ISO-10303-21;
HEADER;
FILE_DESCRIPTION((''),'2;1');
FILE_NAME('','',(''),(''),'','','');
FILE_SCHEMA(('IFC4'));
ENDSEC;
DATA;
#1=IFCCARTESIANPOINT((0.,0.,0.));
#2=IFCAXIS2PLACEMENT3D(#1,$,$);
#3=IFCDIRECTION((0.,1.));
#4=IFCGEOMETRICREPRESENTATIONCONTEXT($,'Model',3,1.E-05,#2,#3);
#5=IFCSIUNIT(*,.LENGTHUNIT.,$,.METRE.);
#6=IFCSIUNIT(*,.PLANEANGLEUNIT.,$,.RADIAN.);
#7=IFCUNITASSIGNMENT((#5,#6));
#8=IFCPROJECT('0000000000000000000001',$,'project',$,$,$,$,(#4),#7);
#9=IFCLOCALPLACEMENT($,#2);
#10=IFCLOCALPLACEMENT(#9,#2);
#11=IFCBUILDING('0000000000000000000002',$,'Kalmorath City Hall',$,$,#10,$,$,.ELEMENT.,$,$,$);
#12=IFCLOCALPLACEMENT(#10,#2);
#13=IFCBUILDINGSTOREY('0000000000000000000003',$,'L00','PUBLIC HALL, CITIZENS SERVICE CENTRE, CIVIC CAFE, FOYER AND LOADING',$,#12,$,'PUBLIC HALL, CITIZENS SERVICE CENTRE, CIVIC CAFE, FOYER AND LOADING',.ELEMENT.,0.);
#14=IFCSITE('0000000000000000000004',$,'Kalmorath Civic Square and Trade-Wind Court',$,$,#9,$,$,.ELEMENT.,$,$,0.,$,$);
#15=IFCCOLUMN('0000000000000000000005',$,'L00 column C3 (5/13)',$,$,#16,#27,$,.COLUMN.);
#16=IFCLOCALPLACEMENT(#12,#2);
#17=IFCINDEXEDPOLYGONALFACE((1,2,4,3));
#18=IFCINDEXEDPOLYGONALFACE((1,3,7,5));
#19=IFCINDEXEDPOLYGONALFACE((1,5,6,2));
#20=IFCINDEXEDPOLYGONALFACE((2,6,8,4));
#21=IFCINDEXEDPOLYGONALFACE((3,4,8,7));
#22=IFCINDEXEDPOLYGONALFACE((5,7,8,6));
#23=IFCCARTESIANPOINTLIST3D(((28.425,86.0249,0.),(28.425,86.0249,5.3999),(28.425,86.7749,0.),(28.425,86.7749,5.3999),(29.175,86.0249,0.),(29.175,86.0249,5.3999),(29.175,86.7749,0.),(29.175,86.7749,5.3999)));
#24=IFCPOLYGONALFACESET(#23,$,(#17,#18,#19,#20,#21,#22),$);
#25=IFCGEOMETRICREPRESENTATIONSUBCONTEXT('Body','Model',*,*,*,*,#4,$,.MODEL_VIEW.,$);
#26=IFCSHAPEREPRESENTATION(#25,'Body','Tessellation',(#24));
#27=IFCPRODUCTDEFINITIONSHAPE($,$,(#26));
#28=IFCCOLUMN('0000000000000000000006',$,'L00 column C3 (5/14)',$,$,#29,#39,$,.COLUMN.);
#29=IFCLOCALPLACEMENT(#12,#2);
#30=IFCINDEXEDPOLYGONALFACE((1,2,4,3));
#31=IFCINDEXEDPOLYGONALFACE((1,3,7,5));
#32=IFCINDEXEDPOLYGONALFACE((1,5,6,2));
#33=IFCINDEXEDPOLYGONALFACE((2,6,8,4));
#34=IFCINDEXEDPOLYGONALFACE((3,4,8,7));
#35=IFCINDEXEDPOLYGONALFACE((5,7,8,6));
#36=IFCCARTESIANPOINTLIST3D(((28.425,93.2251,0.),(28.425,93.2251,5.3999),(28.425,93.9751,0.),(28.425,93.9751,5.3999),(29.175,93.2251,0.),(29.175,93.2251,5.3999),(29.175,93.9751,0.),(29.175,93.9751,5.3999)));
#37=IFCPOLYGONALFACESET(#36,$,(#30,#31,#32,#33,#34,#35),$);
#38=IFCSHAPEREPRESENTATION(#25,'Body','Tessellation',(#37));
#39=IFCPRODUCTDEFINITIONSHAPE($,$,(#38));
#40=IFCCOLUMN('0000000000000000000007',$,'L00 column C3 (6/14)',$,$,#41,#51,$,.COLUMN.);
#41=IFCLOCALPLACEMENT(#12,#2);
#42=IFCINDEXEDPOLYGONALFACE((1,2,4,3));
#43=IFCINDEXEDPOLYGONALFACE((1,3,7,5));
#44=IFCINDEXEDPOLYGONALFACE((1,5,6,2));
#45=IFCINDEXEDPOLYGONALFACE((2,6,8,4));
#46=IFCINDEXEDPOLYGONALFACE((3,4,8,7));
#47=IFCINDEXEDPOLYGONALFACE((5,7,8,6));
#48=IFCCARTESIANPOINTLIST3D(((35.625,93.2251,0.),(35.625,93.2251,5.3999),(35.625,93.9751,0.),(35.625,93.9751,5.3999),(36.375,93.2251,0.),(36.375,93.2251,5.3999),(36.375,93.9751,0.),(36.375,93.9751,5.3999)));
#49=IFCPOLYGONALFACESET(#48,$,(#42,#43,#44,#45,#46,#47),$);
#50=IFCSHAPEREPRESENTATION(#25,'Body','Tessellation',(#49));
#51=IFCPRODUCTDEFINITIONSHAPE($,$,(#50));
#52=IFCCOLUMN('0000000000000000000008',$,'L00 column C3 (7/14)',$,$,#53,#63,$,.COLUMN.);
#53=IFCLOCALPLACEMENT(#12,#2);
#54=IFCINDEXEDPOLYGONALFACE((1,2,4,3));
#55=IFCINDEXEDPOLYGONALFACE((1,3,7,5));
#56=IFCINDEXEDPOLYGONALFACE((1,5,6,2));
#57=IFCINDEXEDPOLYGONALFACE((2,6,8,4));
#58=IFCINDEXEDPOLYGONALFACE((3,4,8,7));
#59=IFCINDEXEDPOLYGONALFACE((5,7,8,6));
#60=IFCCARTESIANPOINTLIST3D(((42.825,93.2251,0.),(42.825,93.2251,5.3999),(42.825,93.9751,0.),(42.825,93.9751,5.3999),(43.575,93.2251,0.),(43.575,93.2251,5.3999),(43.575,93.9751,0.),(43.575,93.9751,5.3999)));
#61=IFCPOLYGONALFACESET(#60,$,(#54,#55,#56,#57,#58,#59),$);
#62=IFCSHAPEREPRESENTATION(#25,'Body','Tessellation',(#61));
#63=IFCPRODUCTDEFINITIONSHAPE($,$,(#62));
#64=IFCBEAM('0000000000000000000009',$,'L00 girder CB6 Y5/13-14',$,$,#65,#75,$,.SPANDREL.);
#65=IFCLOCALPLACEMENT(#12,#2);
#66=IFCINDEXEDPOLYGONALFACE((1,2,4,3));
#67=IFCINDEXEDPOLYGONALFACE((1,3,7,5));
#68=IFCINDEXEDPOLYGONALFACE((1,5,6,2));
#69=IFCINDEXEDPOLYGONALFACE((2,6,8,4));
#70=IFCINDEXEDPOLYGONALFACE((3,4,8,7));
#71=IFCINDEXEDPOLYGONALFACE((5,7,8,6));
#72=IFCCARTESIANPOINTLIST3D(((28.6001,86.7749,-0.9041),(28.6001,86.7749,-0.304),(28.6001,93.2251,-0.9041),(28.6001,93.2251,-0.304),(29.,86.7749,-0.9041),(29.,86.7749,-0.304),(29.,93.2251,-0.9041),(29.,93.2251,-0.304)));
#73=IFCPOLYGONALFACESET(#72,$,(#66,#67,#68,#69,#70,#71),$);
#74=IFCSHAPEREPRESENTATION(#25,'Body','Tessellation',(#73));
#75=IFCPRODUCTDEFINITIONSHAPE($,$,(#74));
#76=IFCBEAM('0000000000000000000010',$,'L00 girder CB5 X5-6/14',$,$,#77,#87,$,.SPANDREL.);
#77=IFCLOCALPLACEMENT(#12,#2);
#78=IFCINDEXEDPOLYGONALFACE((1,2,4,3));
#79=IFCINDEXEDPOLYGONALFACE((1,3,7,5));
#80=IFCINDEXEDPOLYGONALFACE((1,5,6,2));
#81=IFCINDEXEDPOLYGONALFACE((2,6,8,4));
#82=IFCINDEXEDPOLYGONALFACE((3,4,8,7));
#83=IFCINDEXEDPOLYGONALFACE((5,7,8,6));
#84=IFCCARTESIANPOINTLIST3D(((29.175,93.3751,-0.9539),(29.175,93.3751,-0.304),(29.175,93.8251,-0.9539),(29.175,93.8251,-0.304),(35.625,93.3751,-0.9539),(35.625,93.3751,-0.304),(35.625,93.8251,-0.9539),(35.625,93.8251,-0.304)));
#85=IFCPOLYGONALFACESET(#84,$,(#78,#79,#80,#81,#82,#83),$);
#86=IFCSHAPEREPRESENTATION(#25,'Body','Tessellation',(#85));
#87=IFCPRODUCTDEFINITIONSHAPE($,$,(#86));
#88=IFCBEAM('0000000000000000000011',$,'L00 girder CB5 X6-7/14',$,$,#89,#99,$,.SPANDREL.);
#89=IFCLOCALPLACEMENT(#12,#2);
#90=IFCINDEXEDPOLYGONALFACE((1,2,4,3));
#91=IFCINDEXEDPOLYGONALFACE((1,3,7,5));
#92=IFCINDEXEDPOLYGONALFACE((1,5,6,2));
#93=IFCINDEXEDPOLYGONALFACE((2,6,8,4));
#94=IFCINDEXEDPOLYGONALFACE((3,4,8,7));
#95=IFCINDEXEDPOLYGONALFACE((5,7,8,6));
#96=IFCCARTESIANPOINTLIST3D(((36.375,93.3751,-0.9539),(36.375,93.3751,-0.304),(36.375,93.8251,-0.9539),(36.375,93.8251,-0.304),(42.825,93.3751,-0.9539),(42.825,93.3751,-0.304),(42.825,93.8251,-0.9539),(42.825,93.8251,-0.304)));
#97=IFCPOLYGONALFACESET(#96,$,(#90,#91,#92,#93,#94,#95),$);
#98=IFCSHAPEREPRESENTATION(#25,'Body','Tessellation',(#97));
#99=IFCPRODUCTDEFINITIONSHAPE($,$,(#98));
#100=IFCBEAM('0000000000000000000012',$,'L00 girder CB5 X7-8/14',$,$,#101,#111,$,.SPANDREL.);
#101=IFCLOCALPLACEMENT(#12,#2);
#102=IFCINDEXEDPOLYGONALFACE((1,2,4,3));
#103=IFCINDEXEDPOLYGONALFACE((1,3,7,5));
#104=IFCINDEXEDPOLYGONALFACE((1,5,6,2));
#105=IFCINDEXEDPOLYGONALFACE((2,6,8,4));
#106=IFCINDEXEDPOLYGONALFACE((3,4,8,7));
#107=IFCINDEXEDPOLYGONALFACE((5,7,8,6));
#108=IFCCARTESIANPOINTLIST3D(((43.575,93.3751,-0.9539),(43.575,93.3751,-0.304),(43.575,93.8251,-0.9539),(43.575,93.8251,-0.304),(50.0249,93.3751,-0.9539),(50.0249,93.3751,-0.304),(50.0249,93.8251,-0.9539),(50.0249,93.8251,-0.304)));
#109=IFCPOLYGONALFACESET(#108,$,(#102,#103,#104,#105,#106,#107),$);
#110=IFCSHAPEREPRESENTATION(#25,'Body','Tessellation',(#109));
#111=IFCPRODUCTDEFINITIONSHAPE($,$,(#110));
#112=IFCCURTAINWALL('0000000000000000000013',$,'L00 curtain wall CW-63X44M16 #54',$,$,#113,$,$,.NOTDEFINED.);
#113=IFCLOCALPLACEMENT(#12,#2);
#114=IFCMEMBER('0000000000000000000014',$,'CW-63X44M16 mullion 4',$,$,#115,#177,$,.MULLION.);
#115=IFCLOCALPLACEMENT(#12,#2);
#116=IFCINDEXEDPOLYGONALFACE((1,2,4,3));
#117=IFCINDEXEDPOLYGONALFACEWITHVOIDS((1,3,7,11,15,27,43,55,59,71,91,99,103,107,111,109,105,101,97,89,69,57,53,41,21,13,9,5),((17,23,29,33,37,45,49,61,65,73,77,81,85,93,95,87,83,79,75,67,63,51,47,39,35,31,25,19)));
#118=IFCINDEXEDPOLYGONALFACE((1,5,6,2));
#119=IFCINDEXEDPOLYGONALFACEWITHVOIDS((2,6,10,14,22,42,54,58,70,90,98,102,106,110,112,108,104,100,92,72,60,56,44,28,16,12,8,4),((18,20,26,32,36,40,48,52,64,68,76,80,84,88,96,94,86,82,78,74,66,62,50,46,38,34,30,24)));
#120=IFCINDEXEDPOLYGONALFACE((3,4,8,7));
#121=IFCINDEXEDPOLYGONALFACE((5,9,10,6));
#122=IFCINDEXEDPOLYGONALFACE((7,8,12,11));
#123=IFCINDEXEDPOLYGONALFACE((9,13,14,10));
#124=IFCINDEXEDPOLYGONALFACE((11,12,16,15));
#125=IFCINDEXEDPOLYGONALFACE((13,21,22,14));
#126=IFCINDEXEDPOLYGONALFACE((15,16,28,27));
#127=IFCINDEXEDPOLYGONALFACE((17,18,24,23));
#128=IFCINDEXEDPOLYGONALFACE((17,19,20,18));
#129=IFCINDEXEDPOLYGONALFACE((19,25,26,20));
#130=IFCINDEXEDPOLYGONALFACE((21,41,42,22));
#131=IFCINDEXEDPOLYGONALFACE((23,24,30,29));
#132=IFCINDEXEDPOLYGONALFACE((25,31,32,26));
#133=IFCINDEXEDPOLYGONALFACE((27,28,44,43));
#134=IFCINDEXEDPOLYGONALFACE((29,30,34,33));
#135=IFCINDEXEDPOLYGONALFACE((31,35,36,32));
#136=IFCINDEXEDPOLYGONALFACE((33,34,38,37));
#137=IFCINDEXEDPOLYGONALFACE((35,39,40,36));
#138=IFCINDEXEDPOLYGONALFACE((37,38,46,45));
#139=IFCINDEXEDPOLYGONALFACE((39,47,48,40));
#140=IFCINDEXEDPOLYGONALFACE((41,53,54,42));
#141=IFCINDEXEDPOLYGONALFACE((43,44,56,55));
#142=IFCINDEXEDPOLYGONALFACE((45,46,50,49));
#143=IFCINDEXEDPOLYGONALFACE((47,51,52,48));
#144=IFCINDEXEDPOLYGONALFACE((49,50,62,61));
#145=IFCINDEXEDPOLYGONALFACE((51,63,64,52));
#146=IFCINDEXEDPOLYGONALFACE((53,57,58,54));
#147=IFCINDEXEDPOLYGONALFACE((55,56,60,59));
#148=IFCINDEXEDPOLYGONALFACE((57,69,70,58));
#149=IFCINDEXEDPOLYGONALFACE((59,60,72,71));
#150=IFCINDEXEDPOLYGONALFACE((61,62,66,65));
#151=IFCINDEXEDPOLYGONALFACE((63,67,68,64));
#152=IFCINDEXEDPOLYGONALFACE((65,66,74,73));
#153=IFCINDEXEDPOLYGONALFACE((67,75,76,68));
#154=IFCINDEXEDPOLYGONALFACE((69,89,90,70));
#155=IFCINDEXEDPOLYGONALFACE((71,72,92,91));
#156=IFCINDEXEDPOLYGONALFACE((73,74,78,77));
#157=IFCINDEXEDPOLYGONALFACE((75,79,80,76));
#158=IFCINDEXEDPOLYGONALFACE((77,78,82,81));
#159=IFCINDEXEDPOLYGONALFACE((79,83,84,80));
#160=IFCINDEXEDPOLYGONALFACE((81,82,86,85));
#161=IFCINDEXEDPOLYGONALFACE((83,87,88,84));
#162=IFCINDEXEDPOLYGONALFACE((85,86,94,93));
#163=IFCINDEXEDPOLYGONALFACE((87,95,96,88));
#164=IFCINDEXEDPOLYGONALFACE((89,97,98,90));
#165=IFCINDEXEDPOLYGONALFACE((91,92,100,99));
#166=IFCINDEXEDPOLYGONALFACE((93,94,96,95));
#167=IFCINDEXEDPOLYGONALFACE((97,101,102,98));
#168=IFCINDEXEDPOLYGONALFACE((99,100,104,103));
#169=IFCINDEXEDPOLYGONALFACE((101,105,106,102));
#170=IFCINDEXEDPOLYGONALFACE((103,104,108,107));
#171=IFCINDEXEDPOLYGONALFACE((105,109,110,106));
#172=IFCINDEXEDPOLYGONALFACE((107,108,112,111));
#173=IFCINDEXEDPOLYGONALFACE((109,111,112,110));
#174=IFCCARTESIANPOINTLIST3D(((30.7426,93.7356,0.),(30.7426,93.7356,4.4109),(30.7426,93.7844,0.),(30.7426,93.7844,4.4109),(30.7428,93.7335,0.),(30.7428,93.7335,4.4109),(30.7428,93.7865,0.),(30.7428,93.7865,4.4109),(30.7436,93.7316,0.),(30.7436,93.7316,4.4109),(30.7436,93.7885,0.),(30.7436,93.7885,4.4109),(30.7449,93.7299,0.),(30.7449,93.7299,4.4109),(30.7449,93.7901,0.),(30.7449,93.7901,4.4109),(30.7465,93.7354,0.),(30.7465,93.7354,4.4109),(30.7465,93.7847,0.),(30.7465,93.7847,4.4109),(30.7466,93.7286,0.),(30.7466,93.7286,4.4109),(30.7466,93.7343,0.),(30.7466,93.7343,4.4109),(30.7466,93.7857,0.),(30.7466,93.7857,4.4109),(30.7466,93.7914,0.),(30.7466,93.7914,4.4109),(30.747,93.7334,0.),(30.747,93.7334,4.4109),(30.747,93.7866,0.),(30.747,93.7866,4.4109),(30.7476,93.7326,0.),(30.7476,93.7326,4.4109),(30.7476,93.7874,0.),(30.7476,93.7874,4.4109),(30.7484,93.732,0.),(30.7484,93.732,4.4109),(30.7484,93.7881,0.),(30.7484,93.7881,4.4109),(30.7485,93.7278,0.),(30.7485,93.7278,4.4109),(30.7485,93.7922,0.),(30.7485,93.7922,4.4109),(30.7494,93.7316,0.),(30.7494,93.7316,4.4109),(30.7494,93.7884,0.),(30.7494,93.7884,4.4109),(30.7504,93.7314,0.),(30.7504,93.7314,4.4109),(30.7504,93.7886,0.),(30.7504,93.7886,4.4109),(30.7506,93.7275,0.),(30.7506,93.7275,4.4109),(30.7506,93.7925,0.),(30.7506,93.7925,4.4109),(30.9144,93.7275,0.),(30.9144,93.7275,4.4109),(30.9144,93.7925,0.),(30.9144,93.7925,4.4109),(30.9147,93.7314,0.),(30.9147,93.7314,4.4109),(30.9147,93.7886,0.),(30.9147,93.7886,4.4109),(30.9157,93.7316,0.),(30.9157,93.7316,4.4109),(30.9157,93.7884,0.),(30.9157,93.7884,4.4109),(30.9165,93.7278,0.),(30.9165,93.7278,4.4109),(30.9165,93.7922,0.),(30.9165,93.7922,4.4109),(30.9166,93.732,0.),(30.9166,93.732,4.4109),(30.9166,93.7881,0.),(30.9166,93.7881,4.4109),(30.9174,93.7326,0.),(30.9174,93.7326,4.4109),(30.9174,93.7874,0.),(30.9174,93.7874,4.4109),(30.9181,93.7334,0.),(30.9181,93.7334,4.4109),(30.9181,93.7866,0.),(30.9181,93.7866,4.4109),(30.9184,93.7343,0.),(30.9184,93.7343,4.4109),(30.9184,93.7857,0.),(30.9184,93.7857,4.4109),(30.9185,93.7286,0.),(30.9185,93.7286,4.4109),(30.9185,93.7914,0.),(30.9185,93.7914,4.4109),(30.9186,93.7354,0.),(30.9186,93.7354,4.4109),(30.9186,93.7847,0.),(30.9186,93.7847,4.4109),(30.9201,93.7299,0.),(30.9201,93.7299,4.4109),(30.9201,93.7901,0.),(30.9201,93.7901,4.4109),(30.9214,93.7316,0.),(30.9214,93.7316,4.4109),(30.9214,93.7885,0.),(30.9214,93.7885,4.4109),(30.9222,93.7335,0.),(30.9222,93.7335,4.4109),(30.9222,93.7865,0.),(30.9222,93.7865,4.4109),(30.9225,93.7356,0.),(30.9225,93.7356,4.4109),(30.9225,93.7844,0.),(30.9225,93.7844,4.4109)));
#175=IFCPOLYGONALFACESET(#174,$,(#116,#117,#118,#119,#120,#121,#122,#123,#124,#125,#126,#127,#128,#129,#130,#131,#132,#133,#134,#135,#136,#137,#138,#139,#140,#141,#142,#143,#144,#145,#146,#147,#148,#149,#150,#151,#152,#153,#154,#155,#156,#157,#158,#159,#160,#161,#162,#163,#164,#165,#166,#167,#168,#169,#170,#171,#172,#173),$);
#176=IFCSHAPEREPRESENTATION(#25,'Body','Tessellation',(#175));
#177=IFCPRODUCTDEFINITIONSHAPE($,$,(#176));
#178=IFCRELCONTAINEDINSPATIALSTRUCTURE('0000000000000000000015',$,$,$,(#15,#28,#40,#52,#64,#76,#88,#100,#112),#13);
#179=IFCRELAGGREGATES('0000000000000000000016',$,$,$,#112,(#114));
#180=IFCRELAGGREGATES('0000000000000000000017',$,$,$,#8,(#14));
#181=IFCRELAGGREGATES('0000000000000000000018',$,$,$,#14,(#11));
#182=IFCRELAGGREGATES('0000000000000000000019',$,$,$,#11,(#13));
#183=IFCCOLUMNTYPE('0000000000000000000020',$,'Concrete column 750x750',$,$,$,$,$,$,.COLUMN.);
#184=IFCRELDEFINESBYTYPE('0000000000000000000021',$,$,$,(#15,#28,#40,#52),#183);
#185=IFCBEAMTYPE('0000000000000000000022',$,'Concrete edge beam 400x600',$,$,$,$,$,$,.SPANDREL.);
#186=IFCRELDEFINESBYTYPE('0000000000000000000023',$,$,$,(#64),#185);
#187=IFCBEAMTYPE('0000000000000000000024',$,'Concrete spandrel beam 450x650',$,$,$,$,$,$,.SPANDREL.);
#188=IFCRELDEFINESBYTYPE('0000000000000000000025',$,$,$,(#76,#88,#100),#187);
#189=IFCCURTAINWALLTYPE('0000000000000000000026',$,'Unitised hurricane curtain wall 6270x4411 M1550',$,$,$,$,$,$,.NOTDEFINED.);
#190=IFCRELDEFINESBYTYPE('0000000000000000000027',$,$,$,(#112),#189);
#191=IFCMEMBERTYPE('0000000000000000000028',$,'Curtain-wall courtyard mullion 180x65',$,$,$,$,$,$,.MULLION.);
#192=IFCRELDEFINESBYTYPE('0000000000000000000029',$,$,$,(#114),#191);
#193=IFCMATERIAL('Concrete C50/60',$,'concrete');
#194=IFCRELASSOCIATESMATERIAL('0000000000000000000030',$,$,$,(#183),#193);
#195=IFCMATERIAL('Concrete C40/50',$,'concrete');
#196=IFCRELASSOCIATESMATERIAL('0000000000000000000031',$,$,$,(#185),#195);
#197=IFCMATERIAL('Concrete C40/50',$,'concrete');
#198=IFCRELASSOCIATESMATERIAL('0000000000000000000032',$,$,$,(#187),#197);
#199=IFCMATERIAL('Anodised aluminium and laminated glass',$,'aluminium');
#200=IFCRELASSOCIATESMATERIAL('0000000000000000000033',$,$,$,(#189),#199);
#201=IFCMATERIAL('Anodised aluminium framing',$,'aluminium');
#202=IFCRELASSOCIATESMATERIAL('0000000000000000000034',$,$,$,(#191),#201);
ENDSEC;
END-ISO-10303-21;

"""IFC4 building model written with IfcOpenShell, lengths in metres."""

from ifc_helpers import new_model, si_unit, direction, frame, origin, origin_2d, place, context, subcontext, project, spatial, rectangle, hollow_rectangle, extrude, material, material_profile, profile_set, type_object, element, aggregate, save


model = new_model("IFC4")

# Units and contexts
model_context = context("Model", 3, precision=1e-05, world=origin(), true_north=direction((0.0, 1.0)))
body_context = subcontext(model_context, "Body", "Model", "MODEL_VIEW")
ifc_project = project(units=[si_unit("LENGTHUNIT", "METRE"), si_unit("PLANEANGLEUNIT", "RADIAN")], contexts=[model_context])

# Site, building, storey
site_placement = place(None, origin())
site = spatial("IfcSite", under=ifc_project, at=site_placement, Name="Kalmorath Civic Square and Trade-Wind Court", CompositionType="ELEMENT", RefElevation=0.0)
building_placement = place(site_placement, origin())
building = spatial("IfcBuilding", under=site, at=building_placement, Name="Kalmorath City Hall", CompositionType="ELEMENT")
storey_placement = place(building_placement, origin())
storey = spatial("IfcBuildingStorey", under=building, at=storey_placement, Name="L00", Description="PUBLIC HALL, CITIZENS SERVICE CENTRE, CIVIC CAFE, FOYER AND LOADING", LongName="PUBLIC HALL, CITIZENS SERVICE CENTRE, CIVIC CAFE, FOYER AND LOADING", CompositionType="ELEMENT", Elevation=0.0)

# Columns
ifc_material_1 = material(Name="Concrete C50/60", Category="concrete")
ifc_material_profile_1 = material_profile(ifc_material_1, rectangle(XDim=0.75, YDim=0.75, at=origin_2d()), Name="RC-COL-750X750")
ifc_profile_set_1 = profile_set([ifc_material_profile_1], Name="Concrete C50/60")
column_type = type_object("IfcColumnType", Name="Concrete column 750x750", PredefinedType="COLUMN", material=ifc_profile_set_1)
for number, where, z_axis, x_axis, name in (
    (1, (28.8, 86.3999, 0.0), (0.0, 0.0, 1.0), (1.0, 0.0, 0.0), "L00 column C3 (5/13)"),
    (2, (28.8, 93.6001, 0.0), (0.0, 0.0, 1.0), (1.0, 0.0, 0.0), "L00 column C3 (5/14)"),
    (3, (36.0, 93.6001, 0.0), (0.0, 0.0, 1.0), (1.0, 0.0, 0.0), "L00 column C3 (6/14)"),
    (4, (43.2, 93.6001, 0.0), (0.0, 0.0, 1.0), (1.0, 0.0, 0.0), "L00 column C3 (7/14)"),
):
    element("IfcColumn", number, at=place(storey_placement, frame(where, z_axis=z_axis, x_axis=x_axis)), inside=storey, type_object=column_type, Name=name, PredefinedType="COLUMN", context=body_context, shape_type="SweptSolid", body=[
        extrude(rectangle(XDim=0.75, YDim=0.75, at=origin_2d()), origin(), (0.0, 0.0, 1.0), 5.3999),
    ])

# Beams
ifc_material_2 = material(Name="Concrete C40/50", Category="concrete")
ifc_material_profile_2 = material_profile(ifc_material_2, rectangle(XDim=0.3999, YDim=0.6001, at=origin_2d()), Name="RC-BM-400X600")
ifc_profile_set_2 = profile_set([ifc_material_profile_2], Name="Concrete C40/50")
beam_type_1 = type_object("IfcBeamType", Name="Concrete edge beam 400x600", PredefinedType="SPANDREL", material=ifc_profile_set_2)
beam_placement = place(storey_placement, frame((28.8, 86.7749, -0.604), z_axis=(0.0, 1.0, 0.0), x_axis=(-1.0, 0.0, 0.0)))
element("IfcBeam", 5, at=beam_placement, inside=storey, type_object=beam_type_1, Name="L00 girder CB6 Y5/13-14", PredefinedType="SPANDREL", context=body_context, shape_type="SweptSolid", body=[
    extrude(rectangle(XDim=0.3999, YDim=0.6001, at=origin_2d()), origin(), (0.0, 0.0, 1.0), 6.4502),
])
ifc_material_3 = material(Name="Concrete C40/50", Category="concrete")
ifc_material_profile_3 = material_profile(ifc_material_3, rectangle(XDim=0.45, YDim=0.6499, at=origin_2d()), Name="RC-BM-450X650")
ifc_profile_set_3 = profile_set([ifc_material_profile_3], Name="Concrete C40/50")
beam_type_2 = type_object("IfcBeamType", Name="Concrete spandrel beam 450x650", PredefinedType="SPANDREL", material=ifc_profile_set_3)
for number, where, z_axis, x_axis, name in (
    (6, (29.175, 93.6001, -0.6289), (1.0, 0.0, 0.0), (0.0, 1.0, 0.0), "L00 girder CB5 X5-6/14"),
    (7, (36.375, 93.6001, -0.6289), (1.0, 0.0, 0.0), (0.0, 1.0, 0.0), "L00 girder CB5 X6-7/14"),
    (8, (43.575, 93.6001, -0.6289), (1.0, 0.0, 0.0), (0.0, 1.0, 0.0), "L00 girder CB5 X7-8/14"),
):
    element("IfcBeam", number, at=place(storey_placement, frame(where, z_axis=z_axis, x_axis=x_axis)), inside=storey, type_object=beam_type_2, Name=name, PredefinedType="SPANDREL", context=body_context, shape_type="SweptSolid", body=[
        extrude(rectangle(XDim=0.45, YDim=0.6499, at=origin_2d()), origin(), (0.0, 0.0, 1.0), 6.45),
    ])

# Curtain wall, member
ifc_material_4 = material(Name="Anodised aluminium and laminated glass", Category="aluminium")
curtain_wall_type_1 = type_object("IfcCurtainWallType", Name="Unitised hurricane curtain wall 6270x4411 M1550", PredefinedType="NOTDEFINED", material=ifc_material_4)
curtain_wall_1_placement = place(storey_placement, origin())
curtain_wall_1 = element("IfcCurtainWall", 9, at=curtain_wall_1_placement, inside=storey, type_object=curtain_wall_type_1, Name="L00 curtain wall CW-63X44M16 #54", PredefinedType="NOTDEFINED")
ifc_material_5 = material(Name="Anodised aluminium framing", Category="aluminium")
ifc_material_profile_4 = material_profile(ifc_material_5, hollow_rectangle(XDim=0.0649, YDim=0.1799, WallThickness=0.0039, InnerFilletRadius=0.0039, OuterFilletRadius=0.0081, at=origin_2d()), Name="ALU-MUL-180X65X4")
ifc_profile_set_4 = profile_set([ifc_material_profile_4], Name="Anodised aluminium framing")
member_type_1 = type_object("IfcMemberType", Name="Curtain-wall courtyard mullion 180x65", PredefinedType="MULLION", material=ifc_profile_set_4)
member_1_placement = place(storey_placement, frame((30.8325, 93.76, 0.0), z_axis=(0.0, 0.0, 1.0), x_axis=(0.0, -1.0, 0.0)))
member_1 = element("IfcMember", 10, at=member_1_placement, type_object=member_type_1, Name="CW-63X44M16 mullion 4", PredefinedType="MULLION", context=body_context, shape_type="SweptSolid", body=[
    extrude(hollow_rectangle(XDim=0.0649, YDim=0.1799, WallThickness=0.0039, InnerFilletRadius=0.0039, OuterFilletRadius=0.0081, at=origin_2d()), origin(), (0.0, 0.0, 1.0), 4.4109),
])

aggregate(curtain_wall_1, [member_1])

save(model, "model.ifc")
